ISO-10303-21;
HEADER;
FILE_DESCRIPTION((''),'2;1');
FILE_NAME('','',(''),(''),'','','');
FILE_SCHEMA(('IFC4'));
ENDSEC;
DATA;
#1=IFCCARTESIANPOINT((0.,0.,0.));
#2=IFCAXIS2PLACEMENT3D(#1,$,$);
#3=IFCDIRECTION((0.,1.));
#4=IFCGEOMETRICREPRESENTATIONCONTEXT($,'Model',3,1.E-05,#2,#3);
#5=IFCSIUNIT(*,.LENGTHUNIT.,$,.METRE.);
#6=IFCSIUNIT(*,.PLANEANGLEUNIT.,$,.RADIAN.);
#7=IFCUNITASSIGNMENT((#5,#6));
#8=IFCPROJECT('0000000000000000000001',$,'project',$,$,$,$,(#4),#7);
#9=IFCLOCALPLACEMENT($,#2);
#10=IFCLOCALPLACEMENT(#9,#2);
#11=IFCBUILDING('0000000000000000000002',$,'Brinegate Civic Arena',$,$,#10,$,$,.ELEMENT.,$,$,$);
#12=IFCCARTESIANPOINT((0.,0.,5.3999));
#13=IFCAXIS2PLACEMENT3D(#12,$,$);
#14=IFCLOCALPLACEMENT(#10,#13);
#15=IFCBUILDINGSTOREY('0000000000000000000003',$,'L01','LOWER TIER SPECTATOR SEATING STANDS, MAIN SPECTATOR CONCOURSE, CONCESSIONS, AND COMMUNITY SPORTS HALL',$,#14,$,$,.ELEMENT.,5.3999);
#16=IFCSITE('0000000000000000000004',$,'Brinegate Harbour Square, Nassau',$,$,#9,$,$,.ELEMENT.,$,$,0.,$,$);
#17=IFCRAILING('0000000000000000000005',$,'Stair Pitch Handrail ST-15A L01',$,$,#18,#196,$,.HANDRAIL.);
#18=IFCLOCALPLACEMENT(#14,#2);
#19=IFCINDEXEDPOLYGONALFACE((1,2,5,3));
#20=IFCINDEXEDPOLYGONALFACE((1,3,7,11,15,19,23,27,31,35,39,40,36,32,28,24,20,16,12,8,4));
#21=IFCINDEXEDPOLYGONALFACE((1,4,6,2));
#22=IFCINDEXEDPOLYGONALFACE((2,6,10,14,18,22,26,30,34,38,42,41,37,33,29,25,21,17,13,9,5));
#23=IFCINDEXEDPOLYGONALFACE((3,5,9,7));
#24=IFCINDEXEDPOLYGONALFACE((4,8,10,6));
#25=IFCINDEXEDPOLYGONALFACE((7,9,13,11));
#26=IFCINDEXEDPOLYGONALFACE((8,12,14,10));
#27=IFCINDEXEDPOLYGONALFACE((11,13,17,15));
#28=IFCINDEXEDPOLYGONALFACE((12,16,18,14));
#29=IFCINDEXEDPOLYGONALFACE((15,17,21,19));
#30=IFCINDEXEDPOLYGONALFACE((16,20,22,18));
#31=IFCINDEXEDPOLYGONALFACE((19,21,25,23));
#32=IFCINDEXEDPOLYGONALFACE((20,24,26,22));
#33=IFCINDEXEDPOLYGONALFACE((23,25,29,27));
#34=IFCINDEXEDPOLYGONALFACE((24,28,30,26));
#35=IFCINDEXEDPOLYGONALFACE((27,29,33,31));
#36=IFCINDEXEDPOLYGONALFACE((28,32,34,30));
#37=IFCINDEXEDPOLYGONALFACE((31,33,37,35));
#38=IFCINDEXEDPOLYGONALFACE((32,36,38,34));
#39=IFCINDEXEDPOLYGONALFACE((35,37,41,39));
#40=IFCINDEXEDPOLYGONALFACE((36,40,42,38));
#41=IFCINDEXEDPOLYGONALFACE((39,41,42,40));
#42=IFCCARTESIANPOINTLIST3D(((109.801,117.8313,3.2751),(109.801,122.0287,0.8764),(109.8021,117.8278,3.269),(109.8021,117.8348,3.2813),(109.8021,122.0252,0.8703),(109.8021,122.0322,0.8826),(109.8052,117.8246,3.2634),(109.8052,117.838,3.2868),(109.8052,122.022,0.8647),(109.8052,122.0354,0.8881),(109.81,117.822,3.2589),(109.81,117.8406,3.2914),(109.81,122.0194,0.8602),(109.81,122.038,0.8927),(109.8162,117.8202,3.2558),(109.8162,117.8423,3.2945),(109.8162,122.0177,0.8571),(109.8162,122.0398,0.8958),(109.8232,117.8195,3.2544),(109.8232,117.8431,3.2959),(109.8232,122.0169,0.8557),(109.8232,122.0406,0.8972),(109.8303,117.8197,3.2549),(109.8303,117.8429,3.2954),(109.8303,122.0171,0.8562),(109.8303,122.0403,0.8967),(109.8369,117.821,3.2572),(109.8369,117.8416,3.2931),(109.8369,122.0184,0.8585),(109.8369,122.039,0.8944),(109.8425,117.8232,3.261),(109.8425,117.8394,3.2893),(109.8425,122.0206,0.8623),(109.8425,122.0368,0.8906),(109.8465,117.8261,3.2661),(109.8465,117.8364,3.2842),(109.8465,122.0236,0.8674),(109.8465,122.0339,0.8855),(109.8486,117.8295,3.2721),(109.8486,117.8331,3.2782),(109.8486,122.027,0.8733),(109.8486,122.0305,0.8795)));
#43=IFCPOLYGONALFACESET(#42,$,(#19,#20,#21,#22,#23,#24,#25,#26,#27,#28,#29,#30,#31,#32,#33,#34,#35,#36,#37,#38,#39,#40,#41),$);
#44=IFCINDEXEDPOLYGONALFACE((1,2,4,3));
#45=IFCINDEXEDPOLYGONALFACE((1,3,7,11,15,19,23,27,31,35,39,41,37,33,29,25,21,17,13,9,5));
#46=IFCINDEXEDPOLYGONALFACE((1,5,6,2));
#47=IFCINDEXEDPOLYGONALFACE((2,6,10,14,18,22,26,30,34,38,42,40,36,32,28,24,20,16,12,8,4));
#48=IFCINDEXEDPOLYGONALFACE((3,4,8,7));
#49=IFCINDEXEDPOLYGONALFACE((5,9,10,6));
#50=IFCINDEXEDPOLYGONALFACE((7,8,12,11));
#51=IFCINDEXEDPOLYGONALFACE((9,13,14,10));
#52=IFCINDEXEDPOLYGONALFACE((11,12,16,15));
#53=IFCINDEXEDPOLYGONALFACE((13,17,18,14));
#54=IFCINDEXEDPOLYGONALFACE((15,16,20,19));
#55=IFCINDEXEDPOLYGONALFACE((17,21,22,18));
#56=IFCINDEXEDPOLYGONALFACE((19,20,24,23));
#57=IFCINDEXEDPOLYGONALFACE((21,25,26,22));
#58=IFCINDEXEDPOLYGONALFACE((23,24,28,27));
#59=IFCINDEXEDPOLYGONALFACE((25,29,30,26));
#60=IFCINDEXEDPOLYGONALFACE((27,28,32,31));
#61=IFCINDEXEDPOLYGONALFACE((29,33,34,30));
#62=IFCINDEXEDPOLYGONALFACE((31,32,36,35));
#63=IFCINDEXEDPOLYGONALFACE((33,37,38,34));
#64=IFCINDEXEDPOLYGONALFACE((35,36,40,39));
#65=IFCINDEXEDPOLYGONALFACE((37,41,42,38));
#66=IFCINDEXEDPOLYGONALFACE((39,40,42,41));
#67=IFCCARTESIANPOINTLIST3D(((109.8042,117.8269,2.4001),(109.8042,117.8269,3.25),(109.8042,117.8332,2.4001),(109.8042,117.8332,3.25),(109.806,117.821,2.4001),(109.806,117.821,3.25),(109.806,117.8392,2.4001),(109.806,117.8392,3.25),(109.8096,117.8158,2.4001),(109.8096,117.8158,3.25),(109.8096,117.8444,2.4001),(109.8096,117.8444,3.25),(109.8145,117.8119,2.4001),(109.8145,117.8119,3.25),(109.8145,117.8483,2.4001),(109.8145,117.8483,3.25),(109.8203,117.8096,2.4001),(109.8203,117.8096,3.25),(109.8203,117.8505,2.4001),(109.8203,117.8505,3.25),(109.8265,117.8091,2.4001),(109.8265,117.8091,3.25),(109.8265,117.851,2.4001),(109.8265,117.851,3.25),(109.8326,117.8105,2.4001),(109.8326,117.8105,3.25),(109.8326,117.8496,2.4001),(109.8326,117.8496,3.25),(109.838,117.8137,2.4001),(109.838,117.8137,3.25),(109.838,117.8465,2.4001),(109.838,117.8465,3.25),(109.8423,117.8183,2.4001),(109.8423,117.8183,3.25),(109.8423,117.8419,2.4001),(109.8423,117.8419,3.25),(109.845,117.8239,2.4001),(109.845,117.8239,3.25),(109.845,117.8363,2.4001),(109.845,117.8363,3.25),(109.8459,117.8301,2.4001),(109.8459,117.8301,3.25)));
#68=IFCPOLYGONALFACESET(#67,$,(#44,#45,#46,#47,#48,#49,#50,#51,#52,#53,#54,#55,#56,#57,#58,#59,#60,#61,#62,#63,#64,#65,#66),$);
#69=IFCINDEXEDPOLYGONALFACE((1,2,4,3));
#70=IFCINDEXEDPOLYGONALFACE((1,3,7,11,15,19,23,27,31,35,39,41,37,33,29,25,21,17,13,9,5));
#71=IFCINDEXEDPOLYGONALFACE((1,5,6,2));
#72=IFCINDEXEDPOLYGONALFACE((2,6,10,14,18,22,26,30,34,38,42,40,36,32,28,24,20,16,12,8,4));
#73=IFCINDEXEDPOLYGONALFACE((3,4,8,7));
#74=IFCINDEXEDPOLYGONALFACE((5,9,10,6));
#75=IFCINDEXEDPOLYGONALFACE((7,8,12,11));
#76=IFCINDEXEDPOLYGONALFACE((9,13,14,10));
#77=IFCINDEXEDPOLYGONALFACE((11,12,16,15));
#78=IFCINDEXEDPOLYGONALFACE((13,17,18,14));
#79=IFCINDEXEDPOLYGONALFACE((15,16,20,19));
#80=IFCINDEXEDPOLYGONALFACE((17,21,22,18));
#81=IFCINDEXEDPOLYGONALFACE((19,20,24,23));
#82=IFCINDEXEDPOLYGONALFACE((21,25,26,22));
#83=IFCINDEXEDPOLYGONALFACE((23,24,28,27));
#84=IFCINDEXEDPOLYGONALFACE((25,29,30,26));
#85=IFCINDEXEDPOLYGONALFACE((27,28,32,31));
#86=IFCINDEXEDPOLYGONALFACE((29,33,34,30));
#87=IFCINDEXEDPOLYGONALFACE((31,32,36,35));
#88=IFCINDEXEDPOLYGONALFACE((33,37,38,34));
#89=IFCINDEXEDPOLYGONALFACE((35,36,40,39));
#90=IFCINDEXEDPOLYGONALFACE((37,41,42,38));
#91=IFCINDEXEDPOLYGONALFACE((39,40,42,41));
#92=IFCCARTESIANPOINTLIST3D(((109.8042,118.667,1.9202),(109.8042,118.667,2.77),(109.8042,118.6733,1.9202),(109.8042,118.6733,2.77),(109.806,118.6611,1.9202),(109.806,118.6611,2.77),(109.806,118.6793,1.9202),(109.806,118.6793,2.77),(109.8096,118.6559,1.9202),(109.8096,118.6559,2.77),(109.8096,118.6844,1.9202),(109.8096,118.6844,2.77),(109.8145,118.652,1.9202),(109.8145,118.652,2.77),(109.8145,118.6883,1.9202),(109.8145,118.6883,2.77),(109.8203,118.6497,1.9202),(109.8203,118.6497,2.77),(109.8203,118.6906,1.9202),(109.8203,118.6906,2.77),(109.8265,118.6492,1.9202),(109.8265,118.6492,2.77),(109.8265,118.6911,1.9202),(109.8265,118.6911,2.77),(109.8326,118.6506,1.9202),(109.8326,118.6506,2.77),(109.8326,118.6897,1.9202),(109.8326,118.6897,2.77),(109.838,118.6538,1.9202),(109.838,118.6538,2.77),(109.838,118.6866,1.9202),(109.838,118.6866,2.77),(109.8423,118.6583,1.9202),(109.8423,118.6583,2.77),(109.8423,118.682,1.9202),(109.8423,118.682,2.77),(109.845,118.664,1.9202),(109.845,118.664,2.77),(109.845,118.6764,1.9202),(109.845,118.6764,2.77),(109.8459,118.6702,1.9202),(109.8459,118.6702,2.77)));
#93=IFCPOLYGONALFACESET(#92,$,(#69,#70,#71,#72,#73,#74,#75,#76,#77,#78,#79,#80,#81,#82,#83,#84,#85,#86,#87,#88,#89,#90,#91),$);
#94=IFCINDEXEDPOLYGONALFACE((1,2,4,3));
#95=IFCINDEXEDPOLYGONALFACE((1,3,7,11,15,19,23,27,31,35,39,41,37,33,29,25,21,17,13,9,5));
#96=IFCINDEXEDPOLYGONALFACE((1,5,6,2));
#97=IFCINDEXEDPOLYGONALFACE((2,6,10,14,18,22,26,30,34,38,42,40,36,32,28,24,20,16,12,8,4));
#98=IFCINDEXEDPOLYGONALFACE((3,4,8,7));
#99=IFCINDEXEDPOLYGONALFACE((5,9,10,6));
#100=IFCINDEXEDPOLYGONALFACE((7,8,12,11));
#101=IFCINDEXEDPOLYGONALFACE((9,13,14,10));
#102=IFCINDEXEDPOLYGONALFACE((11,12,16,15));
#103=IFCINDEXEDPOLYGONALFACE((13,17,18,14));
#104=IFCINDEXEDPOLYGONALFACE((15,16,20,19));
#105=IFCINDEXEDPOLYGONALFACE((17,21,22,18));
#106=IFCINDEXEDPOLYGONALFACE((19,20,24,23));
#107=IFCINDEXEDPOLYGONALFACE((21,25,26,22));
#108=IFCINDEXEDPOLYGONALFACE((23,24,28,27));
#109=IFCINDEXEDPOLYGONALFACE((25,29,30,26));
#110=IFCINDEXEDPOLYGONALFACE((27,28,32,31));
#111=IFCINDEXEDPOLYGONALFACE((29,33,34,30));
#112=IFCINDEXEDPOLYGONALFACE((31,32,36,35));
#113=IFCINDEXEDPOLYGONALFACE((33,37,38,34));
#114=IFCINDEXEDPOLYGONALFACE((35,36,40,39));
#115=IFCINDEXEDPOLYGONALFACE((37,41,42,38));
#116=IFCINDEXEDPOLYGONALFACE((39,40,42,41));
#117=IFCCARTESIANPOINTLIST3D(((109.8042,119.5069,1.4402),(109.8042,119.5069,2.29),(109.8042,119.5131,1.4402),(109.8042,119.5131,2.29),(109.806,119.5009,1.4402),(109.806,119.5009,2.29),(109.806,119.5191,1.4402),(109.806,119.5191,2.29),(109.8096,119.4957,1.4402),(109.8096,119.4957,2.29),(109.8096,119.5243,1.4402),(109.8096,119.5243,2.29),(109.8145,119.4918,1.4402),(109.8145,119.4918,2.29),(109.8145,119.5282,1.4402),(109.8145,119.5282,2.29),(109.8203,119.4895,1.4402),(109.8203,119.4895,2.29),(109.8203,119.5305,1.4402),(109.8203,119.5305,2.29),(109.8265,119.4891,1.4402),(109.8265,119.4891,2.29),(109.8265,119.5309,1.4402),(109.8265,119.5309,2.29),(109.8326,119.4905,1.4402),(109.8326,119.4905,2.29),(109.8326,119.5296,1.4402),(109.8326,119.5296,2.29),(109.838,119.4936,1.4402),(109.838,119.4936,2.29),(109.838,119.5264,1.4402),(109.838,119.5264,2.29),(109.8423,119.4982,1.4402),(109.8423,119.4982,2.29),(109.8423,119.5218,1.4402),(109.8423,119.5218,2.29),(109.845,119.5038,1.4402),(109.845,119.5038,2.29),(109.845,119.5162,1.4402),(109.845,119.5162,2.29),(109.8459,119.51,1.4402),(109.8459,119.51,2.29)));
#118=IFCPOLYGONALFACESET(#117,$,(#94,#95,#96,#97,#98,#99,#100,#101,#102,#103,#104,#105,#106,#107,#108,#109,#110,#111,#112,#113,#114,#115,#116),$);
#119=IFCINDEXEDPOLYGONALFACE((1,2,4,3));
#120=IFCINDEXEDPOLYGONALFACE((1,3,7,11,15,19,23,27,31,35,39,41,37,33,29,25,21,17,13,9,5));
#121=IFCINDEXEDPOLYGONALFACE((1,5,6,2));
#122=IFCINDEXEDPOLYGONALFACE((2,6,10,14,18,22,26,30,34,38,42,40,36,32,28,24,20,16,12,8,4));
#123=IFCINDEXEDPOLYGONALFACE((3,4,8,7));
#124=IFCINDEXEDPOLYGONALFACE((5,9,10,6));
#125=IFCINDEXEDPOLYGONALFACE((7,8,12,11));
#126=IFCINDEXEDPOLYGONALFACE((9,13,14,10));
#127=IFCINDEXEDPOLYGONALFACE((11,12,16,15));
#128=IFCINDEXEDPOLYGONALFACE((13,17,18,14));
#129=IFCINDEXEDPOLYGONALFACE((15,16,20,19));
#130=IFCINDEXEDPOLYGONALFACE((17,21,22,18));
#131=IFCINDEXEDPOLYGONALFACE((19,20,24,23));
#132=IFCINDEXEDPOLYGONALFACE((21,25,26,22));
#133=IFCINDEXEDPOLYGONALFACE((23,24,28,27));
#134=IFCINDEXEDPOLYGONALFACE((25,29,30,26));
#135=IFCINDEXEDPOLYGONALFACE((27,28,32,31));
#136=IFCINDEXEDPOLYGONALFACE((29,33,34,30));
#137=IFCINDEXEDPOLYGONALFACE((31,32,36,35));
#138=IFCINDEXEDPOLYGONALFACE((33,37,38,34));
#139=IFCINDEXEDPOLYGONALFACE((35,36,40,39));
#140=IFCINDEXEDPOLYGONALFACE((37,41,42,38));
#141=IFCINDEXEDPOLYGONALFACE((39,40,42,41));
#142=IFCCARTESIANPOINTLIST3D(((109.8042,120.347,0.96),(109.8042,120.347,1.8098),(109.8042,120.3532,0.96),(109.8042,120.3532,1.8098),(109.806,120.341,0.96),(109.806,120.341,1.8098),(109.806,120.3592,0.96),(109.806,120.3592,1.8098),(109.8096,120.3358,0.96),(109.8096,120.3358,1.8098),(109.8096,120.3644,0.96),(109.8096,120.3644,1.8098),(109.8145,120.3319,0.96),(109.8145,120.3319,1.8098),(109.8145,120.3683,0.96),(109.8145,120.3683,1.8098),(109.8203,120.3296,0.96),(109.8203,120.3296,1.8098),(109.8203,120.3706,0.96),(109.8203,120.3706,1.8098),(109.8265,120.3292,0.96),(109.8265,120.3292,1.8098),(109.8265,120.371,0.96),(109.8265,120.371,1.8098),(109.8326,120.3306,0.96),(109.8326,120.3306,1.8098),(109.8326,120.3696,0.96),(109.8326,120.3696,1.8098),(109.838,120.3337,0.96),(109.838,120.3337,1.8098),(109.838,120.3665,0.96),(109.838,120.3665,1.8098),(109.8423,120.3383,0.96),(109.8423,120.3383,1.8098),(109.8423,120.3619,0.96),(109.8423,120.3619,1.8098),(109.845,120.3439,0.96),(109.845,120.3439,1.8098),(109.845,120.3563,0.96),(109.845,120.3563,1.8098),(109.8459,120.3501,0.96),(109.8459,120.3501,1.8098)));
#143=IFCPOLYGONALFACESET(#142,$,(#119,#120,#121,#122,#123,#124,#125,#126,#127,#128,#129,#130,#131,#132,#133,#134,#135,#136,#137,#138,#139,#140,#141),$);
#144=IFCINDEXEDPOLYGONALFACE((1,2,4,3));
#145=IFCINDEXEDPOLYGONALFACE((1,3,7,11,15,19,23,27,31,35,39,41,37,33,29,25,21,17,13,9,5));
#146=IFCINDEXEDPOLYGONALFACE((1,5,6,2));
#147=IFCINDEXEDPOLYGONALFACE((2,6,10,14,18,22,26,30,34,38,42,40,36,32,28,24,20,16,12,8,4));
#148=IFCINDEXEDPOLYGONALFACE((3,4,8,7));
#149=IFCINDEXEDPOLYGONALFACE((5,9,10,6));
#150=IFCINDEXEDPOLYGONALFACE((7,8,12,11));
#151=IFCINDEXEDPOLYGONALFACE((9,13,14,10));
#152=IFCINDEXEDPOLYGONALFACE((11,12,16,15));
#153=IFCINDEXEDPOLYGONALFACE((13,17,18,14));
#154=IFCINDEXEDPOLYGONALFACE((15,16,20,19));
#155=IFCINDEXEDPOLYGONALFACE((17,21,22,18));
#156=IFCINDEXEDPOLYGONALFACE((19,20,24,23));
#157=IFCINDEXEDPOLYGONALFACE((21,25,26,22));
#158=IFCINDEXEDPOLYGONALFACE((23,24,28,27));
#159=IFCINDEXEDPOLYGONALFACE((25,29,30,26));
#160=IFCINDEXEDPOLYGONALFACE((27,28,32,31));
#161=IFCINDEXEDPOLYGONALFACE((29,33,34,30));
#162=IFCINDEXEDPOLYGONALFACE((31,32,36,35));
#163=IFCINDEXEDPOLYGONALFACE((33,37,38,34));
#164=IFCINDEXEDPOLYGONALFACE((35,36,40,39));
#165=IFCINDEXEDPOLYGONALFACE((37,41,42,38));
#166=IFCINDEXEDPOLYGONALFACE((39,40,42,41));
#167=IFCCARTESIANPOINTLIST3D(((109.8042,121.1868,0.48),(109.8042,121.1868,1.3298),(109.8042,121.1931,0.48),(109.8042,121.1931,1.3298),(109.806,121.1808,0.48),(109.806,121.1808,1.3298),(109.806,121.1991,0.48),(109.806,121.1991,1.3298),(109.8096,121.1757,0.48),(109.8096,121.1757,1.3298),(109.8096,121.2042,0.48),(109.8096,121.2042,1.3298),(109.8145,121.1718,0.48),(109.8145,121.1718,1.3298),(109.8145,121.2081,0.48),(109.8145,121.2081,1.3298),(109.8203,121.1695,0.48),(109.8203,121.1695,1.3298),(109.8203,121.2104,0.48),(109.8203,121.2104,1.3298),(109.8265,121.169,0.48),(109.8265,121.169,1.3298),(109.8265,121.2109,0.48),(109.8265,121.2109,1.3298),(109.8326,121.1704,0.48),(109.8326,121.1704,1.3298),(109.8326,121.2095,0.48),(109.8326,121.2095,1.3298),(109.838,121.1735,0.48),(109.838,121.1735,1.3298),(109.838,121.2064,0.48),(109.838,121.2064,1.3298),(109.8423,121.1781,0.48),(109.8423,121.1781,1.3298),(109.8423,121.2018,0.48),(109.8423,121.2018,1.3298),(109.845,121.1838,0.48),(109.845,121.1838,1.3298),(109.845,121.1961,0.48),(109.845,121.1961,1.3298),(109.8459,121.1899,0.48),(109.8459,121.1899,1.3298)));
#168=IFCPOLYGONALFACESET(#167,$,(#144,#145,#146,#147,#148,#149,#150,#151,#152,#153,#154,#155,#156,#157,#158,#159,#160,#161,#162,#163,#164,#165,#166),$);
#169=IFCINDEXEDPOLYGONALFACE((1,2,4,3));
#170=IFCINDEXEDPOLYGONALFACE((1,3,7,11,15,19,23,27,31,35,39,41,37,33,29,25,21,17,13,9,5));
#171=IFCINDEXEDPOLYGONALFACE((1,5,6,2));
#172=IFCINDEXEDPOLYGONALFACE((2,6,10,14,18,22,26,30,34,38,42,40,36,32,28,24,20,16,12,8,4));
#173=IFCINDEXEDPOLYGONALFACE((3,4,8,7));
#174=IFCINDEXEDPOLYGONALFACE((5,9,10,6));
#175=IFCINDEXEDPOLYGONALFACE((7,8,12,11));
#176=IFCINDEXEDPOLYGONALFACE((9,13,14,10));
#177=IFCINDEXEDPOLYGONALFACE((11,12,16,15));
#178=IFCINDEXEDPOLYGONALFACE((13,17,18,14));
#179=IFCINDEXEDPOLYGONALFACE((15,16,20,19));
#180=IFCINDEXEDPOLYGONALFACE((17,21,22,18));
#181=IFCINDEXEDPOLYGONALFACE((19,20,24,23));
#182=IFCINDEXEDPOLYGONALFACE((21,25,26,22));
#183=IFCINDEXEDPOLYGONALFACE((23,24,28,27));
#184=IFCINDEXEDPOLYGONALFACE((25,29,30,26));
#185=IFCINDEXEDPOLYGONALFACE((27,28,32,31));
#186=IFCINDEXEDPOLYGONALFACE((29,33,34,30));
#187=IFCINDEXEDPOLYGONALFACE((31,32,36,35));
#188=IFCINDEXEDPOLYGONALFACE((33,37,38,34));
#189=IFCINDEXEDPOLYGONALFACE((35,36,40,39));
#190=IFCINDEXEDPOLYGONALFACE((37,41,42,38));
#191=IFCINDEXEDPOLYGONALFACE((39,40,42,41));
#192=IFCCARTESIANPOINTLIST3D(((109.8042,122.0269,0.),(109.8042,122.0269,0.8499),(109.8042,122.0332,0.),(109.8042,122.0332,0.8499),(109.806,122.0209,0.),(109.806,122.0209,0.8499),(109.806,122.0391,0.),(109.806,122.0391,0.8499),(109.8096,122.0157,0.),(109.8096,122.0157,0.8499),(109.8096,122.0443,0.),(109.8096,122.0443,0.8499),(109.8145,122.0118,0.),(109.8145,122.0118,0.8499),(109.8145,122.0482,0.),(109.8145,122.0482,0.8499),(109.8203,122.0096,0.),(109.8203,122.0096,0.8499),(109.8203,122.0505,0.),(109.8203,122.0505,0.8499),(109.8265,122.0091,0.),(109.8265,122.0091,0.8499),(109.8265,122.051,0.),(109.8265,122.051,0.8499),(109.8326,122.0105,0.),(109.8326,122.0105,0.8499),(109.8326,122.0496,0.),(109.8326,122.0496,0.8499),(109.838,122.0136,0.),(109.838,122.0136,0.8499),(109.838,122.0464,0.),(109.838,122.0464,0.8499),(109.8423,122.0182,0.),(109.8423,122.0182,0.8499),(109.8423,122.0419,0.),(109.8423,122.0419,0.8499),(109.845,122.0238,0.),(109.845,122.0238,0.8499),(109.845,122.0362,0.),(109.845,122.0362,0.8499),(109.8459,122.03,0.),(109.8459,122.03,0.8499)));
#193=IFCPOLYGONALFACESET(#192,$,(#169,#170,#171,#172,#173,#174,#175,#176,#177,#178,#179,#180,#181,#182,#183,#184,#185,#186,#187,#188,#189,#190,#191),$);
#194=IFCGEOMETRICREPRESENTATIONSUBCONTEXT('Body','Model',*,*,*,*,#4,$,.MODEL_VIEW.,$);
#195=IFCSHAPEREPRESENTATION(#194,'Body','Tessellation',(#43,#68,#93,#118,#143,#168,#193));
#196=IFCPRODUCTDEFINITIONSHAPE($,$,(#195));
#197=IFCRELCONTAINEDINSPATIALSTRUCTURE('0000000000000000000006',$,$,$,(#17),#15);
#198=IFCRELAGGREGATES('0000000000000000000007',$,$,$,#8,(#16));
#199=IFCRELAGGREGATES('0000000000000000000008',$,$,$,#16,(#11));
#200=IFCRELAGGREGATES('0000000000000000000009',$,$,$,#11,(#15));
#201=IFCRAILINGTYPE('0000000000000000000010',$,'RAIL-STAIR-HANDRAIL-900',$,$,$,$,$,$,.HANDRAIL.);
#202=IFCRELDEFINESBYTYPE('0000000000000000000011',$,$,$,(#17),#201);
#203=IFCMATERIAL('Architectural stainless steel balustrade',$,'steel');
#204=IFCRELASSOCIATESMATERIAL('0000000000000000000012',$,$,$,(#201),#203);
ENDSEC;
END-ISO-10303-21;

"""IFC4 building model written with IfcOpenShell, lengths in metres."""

from ifc_helpers import new_model, si_unit, direction, frame, origin, origin_2d, place, context, subcontext, project, spatial, circle, extrude, material, type_object, element, save


model = new_model("IFC4")

# Units and contexts
model_context = context("Model", 3, precision=1e-05, world=origin(), true_north=direction((0.0, 1.0)))
body_context = subcontext(model_context, "Body", "Model", "MODEL_VIEW")
ifc_project = project(units=[si_unit("LENGTHUNIT", "METRE"), si_unit("PLANEANGLEUNIT", "RADIAN")], contexts=[model_context])

# Site, building, storey
site_placement = place(None, origin())
site = spatial("IfcSite", under=ifc_project, at=site_placement, Name="Brinegate Harbour Square, Nassau", CompositionType="ELEMENT", RefElevation=0.0)
building_placement = place(site_placement, origin())
building = spatial("IfcBuilding", under=site, at=building_placement, Name="Brinegate Civic Arena", CompositionType="ELEMENT")
storey_placement = place(building_placement, frame((0.0, 0.0, 5.3999)))
storey = spatial("IfcBuildingStorey", under=building, at=storey_placement, Name="L01", Description="LOWER TIER SPECTATOR SEATING STANDS, MAIN SPECTATOR CONCOURSE, CONCESSIONS, AND COMMUNITY SPORTS HALL", CompositionType="ELEMENT", Elevation=5.3999)

# Railing
ifc_material_1 = material(Name="Architectural stainless steel balustrade", Category="steel")
railing_type_1 = type_object("IfcRailingType", Name="RAIL-STAIR-HANDRAIL-900", PredefinedType="HANDRAIL", material=ifc_material_1)
for number, where, name in (
    (1, (109.825, 117.8301, 2.4001), "Stair Pitch Handrail ST-15A L01"),
):
    element("IfcRailing", number, at=place(storey_placement, frame(where)), inside=storey, type_object=railing_type_1, Name=name, PredefinedType="HANDRAIL", context=body_context, shape_type="SweptSolid", body=[
        extrude(circle(Radius=0.0239, at=origin_2d()), frame((0.0, 0.0012, 0.875), z_axis=(0.0, 0.868228, -0.496166), x_axis=(-1.0, 0.0, 0.0)), (0.0, 0.0, 1.0), 4.8345),
        extrude(circle(Radius=0.021, at=origin_2d()), origin(), (0.0, 0.0, 1.0), 0.8499),
        extrude(circle(Radius=0.021, at=origin_2d()), frame((0.0, 0.8401, -0.48)), (0.0, 0.0, 1.0), 0.8499),
        extrude(circle(Radius=0.021, at=origin_2d()), frame((0.0, 1.6799, -0.96)), (0.0, 0.0, 1.0), 0.8499),
        extrude(circle(Radius=0.021, at=origin_2d()), frame((0.0, 2.52, -1.4402)), (0.0, 0.0, 1.0), 0.8499),
        extrude(circle(Radius=0.021, at=origin_2d()), frame((0.0, 3.3599, -1.9202)), (0.0, 0.0, 1.0), 0.8499),
        extrude(circle(Radius=0.021, at=origin_2d()), frame((0.0, 4.2, -2.4001)), (0.0, 0.0, 1.0), 0.8499),
    ])

save(model, "model.ifc")
